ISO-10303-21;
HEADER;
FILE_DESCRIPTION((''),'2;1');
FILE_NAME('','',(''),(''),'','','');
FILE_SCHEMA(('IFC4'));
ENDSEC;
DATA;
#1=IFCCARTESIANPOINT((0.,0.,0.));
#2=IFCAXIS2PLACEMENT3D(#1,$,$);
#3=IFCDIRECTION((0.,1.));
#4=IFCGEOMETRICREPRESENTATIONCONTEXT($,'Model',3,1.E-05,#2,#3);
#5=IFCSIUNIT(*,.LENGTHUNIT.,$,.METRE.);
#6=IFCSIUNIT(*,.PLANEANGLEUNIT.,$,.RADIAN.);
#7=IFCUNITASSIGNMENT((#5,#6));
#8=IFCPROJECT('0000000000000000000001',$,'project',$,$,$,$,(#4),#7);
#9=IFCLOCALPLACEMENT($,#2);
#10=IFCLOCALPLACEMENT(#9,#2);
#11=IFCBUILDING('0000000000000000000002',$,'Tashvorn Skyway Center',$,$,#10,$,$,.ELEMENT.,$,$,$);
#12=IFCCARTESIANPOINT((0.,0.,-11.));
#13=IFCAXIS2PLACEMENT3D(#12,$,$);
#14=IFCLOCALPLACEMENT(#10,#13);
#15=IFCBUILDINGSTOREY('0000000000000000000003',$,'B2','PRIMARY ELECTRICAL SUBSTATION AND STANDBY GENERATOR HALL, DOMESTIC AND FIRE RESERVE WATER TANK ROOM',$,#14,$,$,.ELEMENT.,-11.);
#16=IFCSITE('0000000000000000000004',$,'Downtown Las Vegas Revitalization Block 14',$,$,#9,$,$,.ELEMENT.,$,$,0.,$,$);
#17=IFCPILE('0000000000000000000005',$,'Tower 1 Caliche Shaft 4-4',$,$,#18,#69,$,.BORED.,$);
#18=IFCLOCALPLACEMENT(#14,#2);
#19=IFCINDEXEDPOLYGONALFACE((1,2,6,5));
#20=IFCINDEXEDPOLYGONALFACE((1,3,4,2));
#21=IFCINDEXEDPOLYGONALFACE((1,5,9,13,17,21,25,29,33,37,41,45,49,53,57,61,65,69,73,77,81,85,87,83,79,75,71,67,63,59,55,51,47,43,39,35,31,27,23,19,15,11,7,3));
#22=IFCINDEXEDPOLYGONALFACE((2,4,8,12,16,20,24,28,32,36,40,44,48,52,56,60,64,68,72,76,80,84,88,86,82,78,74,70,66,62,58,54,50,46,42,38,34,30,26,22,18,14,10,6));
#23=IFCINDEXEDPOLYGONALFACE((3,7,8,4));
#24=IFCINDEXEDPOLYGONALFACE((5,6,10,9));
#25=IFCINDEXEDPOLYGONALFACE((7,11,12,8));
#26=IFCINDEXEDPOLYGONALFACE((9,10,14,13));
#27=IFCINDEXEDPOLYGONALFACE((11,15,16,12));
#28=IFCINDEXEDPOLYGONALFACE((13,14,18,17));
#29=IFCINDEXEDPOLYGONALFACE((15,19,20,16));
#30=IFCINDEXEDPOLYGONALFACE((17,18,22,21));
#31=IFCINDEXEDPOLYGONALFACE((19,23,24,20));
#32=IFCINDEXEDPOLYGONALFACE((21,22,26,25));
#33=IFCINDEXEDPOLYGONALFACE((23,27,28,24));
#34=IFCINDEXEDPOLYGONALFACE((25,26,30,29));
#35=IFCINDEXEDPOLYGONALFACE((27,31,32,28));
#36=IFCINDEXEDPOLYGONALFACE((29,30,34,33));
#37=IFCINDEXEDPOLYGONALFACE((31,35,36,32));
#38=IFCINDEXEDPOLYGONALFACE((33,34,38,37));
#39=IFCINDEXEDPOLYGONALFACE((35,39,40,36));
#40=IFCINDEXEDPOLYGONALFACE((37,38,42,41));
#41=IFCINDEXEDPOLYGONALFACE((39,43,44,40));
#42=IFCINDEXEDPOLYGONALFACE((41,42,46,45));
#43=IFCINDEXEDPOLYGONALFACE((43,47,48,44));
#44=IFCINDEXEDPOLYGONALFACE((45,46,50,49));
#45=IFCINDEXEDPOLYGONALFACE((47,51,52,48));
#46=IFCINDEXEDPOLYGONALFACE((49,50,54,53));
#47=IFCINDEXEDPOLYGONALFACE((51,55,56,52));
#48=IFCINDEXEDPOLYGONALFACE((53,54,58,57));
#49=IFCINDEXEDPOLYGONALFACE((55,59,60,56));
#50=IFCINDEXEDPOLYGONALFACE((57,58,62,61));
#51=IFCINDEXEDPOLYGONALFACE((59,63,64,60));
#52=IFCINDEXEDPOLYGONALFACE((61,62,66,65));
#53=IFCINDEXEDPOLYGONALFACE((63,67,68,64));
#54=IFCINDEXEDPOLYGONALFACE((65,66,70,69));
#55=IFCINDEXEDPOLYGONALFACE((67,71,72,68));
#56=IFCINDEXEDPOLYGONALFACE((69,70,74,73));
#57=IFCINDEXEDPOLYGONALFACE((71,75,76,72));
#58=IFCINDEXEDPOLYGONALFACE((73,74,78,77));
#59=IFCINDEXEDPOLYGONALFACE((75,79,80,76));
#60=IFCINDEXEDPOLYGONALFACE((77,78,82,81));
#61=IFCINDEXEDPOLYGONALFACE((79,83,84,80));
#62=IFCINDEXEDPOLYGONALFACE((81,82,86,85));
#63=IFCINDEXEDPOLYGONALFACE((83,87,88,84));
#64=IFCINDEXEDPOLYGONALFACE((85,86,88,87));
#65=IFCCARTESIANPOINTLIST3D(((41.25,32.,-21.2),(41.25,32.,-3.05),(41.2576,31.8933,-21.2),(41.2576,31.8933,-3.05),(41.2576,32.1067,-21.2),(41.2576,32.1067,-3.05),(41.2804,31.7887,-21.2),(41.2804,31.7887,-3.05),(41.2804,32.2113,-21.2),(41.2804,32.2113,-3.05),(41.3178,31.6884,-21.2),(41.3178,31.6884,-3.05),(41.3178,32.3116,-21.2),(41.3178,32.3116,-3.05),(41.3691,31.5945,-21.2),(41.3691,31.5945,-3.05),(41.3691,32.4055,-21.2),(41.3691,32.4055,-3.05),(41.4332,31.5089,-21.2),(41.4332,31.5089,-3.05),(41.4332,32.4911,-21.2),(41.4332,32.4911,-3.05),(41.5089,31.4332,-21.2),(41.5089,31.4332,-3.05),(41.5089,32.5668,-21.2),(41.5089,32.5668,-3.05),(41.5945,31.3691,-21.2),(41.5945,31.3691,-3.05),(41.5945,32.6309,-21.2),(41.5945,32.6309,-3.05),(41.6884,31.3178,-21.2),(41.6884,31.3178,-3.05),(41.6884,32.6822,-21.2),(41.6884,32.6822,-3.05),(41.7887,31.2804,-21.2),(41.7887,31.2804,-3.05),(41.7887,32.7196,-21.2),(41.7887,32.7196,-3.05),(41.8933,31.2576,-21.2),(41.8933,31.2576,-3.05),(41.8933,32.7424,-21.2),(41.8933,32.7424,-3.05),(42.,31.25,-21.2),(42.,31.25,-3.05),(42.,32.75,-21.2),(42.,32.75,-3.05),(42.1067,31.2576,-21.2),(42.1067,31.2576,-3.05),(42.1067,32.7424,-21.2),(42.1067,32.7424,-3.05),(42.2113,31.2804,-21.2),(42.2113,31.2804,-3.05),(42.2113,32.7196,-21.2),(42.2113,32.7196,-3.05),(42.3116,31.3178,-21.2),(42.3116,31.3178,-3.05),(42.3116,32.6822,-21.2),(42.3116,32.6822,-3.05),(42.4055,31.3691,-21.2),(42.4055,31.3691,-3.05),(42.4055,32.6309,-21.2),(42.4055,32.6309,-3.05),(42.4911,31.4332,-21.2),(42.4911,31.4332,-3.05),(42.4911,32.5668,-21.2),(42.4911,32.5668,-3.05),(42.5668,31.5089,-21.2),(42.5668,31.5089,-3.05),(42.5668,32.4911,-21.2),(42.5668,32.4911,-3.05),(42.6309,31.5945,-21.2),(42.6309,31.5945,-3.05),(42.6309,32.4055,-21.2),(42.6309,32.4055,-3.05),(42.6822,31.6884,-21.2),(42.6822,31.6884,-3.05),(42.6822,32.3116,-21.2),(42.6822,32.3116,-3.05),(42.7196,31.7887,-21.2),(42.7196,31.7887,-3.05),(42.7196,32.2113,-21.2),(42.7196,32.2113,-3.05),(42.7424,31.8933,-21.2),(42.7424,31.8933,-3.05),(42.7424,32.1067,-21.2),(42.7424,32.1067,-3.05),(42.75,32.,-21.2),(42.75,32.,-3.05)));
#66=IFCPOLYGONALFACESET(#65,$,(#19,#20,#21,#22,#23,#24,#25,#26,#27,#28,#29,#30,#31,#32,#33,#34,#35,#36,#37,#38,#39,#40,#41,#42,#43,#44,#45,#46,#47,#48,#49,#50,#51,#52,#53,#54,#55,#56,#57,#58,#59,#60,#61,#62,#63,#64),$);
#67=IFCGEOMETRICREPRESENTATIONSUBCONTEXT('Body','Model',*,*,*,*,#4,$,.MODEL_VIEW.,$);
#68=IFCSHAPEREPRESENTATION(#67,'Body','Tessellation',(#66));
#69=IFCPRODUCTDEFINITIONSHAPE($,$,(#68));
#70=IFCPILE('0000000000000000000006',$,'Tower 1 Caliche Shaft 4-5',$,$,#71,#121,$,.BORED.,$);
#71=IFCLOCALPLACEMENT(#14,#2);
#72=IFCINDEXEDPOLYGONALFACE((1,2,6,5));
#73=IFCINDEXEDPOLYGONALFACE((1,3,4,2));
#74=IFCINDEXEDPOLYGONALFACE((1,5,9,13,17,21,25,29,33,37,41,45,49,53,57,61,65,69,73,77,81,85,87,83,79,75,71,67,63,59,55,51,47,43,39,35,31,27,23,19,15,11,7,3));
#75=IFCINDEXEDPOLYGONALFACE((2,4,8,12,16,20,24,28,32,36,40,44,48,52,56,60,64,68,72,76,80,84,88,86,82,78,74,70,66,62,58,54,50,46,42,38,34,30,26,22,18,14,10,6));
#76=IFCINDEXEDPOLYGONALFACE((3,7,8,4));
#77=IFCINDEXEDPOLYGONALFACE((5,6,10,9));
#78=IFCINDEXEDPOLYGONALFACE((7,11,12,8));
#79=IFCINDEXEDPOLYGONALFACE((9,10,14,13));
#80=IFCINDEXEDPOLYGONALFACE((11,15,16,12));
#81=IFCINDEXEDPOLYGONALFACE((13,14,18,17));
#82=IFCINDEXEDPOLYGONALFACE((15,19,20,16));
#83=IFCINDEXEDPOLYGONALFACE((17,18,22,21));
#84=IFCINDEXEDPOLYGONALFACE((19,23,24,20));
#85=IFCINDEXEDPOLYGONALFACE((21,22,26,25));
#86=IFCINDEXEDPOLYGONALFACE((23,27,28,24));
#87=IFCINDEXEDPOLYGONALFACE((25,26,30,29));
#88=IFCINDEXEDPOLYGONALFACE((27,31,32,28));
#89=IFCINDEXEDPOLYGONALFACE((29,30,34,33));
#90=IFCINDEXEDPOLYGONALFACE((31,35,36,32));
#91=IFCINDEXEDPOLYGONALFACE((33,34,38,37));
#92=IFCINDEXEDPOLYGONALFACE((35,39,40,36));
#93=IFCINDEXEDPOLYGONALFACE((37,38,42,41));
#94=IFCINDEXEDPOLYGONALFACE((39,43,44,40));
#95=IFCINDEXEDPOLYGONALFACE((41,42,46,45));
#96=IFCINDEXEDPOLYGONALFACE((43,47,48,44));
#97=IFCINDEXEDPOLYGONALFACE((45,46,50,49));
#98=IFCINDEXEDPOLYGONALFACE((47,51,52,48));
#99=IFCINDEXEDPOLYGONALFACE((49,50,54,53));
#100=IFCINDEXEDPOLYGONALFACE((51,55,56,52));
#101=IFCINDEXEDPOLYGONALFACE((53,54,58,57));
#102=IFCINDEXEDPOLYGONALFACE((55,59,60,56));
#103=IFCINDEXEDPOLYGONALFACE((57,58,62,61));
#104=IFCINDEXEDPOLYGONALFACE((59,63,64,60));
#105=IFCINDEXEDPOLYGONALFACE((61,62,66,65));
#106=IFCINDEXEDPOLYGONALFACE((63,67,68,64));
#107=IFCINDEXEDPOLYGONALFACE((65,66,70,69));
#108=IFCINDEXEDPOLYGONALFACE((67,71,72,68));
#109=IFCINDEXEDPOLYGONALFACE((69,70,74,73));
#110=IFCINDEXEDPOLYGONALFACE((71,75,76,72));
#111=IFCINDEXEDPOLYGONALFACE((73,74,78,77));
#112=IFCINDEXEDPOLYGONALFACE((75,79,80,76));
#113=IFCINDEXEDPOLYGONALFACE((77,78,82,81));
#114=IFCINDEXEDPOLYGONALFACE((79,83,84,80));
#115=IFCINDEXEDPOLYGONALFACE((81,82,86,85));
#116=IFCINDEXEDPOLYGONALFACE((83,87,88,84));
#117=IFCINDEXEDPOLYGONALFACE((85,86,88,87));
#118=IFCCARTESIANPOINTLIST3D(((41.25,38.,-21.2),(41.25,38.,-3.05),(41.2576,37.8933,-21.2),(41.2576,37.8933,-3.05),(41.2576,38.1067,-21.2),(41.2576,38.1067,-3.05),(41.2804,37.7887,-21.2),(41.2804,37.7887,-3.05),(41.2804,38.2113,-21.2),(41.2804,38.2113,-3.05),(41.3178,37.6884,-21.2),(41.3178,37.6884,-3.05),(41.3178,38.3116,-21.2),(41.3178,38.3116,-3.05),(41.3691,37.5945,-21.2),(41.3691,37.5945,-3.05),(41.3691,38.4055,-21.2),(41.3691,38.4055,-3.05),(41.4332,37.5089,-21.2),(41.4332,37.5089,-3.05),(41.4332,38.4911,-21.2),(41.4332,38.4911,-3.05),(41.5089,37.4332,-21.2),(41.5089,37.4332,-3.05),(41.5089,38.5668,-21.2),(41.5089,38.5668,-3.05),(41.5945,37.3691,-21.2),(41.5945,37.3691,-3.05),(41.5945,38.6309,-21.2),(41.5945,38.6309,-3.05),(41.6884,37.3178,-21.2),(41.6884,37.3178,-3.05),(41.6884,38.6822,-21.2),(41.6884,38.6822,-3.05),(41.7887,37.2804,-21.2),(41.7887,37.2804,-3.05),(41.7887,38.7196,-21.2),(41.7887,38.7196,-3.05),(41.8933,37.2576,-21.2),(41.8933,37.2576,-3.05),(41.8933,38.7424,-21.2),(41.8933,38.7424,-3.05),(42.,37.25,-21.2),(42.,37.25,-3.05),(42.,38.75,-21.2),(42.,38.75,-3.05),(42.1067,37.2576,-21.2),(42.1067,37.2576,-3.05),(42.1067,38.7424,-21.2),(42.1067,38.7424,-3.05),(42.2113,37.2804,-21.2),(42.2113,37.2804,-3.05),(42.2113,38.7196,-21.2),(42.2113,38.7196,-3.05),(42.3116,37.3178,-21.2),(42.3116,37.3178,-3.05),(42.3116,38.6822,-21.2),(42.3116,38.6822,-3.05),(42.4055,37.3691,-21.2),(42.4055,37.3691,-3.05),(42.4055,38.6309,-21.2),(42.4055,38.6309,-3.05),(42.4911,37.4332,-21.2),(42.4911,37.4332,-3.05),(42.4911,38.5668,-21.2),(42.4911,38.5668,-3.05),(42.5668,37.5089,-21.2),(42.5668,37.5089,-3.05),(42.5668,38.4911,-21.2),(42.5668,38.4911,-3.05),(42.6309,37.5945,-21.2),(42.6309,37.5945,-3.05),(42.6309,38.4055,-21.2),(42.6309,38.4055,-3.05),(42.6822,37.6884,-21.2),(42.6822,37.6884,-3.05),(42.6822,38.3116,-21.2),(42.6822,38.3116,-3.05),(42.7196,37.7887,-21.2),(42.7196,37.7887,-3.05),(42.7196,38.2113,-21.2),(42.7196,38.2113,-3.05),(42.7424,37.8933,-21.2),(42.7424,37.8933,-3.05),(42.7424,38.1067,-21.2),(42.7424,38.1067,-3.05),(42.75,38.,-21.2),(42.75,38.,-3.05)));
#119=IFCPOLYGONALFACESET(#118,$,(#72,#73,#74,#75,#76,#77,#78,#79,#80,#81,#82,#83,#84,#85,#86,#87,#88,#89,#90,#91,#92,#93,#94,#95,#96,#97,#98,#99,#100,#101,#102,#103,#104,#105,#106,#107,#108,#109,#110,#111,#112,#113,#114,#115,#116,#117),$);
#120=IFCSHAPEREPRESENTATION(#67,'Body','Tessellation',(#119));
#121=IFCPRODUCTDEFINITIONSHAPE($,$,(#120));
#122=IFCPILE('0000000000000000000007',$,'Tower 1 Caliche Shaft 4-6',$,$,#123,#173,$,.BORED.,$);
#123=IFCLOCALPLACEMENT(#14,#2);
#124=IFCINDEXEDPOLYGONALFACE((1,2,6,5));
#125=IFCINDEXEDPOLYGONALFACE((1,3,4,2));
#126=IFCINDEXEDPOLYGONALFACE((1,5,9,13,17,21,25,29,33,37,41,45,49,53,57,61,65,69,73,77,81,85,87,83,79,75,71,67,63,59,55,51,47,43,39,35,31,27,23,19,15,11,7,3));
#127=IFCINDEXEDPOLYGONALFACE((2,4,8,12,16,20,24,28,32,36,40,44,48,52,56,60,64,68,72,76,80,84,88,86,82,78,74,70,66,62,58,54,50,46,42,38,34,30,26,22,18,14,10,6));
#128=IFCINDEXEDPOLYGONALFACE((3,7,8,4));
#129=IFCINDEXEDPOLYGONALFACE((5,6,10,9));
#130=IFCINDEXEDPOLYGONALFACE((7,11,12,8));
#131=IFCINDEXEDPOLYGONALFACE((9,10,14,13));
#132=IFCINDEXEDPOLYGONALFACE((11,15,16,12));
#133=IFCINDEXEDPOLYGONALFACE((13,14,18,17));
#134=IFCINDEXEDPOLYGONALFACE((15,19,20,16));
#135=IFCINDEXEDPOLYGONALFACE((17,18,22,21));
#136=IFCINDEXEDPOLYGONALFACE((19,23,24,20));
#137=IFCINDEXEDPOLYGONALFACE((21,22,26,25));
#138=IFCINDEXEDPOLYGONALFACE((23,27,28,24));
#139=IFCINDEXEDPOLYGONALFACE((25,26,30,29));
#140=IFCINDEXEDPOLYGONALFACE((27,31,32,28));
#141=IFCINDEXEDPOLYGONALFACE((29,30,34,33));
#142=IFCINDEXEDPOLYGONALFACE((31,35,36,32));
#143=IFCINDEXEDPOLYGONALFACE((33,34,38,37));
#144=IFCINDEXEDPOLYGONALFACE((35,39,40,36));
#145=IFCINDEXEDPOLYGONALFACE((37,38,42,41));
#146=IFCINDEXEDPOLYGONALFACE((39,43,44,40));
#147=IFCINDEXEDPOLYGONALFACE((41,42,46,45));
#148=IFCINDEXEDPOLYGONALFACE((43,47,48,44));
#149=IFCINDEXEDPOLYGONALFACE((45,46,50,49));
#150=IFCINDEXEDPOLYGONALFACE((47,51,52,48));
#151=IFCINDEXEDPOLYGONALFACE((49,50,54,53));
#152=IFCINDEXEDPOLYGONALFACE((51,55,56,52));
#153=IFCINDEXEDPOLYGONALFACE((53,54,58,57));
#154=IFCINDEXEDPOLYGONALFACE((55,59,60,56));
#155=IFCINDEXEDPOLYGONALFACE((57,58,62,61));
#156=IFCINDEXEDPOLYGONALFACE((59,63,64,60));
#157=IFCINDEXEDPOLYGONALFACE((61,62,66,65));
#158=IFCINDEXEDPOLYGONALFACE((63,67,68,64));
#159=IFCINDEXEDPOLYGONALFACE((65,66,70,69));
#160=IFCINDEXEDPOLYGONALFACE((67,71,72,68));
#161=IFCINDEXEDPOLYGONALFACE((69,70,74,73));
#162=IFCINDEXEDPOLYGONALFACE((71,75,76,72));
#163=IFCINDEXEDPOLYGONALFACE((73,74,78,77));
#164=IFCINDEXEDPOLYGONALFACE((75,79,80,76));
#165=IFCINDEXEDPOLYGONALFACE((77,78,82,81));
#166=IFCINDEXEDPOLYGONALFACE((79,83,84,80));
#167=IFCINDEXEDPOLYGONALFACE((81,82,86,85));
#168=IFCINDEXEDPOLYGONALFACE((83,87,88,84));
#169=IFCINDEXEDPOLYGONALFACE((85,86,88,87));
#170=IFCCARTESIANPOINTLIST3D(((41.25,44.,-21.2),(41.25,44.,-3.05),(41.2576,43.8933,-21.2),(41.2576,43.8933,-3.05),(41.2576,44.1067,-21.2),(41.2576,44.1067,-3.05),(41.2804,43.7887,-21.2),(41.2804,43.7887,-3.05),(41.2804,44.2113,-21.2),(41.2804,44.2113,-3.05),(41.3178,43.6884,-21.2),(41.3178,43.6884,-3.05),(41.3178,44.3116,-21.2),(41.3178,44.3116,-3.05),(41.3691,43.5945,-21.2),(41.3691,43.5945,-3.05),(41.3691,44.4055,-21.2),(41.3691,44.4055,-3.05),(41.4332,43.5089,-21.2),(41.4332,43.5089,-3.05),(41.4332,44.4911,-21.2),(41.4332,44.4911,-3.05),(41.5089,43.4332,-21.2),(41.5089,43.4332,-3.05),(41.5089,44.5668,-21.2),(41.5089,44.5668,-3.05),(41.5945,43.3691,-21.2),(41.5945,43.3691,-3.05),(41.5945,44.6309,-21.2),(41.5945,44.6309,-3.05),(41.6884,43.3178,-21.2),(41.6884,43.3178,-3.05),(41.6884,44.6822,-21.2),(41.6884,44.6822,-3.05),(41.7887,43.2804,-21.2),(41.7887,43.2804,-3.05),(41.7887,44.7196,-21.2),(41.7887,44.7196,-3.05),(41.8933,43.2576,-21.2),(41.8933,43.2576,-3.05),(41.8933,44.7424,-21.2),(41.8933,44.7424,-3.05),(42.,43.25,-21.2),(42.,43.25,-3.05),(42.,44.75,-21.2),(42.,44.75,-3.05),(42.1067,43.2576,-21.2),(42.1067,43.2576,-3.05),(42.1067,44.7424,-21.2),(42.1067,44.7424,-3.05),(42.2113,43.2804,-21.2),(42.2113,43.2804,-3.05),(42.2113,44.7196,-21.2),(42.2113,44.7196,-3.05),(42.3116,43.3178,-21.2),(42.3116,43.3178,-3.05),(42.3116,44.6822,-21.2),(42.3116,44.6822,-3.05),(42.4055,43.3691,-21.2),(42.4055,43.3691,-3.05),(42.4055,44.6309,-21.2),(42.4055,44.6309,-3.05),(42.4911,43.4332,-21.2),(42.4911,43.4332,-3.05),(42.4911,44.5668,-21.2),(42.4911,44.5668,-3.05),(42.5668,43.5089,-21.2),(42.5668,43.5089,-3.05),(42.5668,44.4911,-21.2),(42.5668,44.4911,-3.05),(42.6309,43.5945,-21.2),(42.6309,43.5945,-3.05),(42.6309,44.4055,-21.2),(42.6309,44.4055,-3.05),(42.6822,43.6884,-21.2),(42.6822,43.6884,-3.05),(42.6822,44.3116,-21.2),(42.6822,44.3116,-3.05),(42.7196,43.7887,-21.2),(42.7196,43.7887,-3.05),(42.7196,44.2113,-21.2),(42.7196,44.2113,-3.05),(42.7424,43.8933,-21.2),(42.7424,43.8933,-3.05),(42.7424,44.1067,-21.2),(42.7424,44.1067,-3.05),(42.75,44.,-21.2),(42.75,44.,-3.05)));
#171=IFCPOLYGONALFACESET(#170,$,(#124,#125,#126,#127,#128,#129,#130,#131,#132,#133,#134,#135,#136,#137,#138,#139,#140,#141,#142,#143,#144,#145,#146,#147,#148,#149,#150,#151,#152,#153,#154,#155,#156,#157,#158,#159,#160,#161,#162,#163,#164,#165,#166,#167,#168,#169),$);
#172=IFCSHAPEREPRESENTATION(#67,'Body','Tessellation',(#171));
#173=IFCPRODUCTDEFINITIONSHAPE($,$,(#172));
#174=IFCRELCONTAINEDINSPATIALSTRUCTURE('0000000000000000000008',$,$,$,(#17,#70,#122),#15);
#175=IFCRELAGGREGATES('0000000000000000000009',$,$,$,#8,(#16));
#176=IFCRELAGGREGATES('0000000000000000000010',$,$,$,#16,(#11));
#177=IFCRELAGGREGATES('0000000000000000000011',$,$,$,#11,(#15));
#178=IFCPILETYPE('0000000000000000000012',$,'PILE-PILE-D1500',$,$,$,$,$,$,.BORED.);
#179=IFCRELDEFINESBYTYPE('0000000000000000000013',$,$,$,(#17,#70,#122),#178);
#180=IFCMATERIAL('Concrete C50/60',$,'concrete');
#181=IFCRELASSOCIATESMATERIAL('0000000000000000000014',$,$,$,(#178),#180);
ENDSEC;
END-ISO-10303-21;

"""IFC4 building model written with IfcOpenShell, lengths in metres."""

from ifc_helpers import new_model, si_unit, direction, frame, origin, origin_2d, place, context, subcontext, project, spatial, circle, extrude, material, material_profile, profile_set, type_object, element, save


model = new_model("IFC4")

# Units and contexts
model_context = context("Model", 3, precision=1e-05, world=origin(), true_north=direction((0.0, 1.0)))
body_context = subcontext(model_context, "Body", "Model", "MODEL_VIEW")
ifc_project = project(units=[si_unit("LENGTHUNIT", "METRE"), si_unit("PLANEANGLEUNIT", "RADIAN")], contexts=[model_context])

# Site, building, storey
site_placement = place(None, origin())
site = spatial("IfcSite", under=ifc_project, at=site_placement, Name="Downtown Las Vegas Revitalization Block 14", CompositionType="ELEMENT", RefElevation=0.0)
building_placement = place(site_placement, origin())
building = spatial("IfcBuilding", under=site, at=building_placement, Name="Tashvorn Skyway Center", CompositionType="ELEMENT")
storey_placement = place(building_placement, frame((0.0, 0.0, -11.0)))
storey = spatial("IfcBuildingStorey", under=building, at=storey_placement, Name="B2", Description="PRIMARY ELECTRICAL SUBSTATION AND STANDBY GENERATOR HALL, DOMESTIC AND FIRE RESERVE WATER TANK ROOM", CompositionType="ELEMENT", Elevation=-11.0)

# Piles
ifc_material_1 = material(Name="Concrete C50/60", Category="concrete")
ifc_material_profile_1 = material_profile(ifc_material_1, circle(Radius=0.75, at=origin_2d()), Name="PILE-D1500")
ifc_profile_set_1 = profile_set([ifc_material_profile_1], Name="Concrete C50/60")
pile_type = type_object("IfcPileType", Name="PILE-PILE-D1500", PredefinedType="BORED", material=ifc_profile_set_1)
for number, where, z_axis, x_axis, name in (
    (1, (42.0, 32.0, -3.05), (0.0, 0.0, -1.0), (1.0, 0.0, 0.0), "Tower 1 Caliche Shaft 4-4"),
    (2, (42.0, 38.0, -3.05), (0.0, 0.0, -1.0), (1.0, 0.0, 0.0), "Tower 1 Caliche Shaft 4-5"),
    (3, (42.0, 44.0, -3.05), (0.0, 0.0, -1.0), (1.0, 0.0, 0.0), "Tower 1 Caliche Shaft 4-6"),
):
    element("IfcPile", number, at=place(storey_placement, frame(where, z_axis=z_axis, x_axis=x_axis)), inside=storey, type_object=pile_type, Name=name, PredefinedType="BORED", context=body_context, shape_type="SweptSolid", body=[
        extrude(circle(Radius=0.75, at=origin_2d()), origin(), (0.0, 0.0, 1.0), 18.1499),
    ])

save(model, "model.ifc")
